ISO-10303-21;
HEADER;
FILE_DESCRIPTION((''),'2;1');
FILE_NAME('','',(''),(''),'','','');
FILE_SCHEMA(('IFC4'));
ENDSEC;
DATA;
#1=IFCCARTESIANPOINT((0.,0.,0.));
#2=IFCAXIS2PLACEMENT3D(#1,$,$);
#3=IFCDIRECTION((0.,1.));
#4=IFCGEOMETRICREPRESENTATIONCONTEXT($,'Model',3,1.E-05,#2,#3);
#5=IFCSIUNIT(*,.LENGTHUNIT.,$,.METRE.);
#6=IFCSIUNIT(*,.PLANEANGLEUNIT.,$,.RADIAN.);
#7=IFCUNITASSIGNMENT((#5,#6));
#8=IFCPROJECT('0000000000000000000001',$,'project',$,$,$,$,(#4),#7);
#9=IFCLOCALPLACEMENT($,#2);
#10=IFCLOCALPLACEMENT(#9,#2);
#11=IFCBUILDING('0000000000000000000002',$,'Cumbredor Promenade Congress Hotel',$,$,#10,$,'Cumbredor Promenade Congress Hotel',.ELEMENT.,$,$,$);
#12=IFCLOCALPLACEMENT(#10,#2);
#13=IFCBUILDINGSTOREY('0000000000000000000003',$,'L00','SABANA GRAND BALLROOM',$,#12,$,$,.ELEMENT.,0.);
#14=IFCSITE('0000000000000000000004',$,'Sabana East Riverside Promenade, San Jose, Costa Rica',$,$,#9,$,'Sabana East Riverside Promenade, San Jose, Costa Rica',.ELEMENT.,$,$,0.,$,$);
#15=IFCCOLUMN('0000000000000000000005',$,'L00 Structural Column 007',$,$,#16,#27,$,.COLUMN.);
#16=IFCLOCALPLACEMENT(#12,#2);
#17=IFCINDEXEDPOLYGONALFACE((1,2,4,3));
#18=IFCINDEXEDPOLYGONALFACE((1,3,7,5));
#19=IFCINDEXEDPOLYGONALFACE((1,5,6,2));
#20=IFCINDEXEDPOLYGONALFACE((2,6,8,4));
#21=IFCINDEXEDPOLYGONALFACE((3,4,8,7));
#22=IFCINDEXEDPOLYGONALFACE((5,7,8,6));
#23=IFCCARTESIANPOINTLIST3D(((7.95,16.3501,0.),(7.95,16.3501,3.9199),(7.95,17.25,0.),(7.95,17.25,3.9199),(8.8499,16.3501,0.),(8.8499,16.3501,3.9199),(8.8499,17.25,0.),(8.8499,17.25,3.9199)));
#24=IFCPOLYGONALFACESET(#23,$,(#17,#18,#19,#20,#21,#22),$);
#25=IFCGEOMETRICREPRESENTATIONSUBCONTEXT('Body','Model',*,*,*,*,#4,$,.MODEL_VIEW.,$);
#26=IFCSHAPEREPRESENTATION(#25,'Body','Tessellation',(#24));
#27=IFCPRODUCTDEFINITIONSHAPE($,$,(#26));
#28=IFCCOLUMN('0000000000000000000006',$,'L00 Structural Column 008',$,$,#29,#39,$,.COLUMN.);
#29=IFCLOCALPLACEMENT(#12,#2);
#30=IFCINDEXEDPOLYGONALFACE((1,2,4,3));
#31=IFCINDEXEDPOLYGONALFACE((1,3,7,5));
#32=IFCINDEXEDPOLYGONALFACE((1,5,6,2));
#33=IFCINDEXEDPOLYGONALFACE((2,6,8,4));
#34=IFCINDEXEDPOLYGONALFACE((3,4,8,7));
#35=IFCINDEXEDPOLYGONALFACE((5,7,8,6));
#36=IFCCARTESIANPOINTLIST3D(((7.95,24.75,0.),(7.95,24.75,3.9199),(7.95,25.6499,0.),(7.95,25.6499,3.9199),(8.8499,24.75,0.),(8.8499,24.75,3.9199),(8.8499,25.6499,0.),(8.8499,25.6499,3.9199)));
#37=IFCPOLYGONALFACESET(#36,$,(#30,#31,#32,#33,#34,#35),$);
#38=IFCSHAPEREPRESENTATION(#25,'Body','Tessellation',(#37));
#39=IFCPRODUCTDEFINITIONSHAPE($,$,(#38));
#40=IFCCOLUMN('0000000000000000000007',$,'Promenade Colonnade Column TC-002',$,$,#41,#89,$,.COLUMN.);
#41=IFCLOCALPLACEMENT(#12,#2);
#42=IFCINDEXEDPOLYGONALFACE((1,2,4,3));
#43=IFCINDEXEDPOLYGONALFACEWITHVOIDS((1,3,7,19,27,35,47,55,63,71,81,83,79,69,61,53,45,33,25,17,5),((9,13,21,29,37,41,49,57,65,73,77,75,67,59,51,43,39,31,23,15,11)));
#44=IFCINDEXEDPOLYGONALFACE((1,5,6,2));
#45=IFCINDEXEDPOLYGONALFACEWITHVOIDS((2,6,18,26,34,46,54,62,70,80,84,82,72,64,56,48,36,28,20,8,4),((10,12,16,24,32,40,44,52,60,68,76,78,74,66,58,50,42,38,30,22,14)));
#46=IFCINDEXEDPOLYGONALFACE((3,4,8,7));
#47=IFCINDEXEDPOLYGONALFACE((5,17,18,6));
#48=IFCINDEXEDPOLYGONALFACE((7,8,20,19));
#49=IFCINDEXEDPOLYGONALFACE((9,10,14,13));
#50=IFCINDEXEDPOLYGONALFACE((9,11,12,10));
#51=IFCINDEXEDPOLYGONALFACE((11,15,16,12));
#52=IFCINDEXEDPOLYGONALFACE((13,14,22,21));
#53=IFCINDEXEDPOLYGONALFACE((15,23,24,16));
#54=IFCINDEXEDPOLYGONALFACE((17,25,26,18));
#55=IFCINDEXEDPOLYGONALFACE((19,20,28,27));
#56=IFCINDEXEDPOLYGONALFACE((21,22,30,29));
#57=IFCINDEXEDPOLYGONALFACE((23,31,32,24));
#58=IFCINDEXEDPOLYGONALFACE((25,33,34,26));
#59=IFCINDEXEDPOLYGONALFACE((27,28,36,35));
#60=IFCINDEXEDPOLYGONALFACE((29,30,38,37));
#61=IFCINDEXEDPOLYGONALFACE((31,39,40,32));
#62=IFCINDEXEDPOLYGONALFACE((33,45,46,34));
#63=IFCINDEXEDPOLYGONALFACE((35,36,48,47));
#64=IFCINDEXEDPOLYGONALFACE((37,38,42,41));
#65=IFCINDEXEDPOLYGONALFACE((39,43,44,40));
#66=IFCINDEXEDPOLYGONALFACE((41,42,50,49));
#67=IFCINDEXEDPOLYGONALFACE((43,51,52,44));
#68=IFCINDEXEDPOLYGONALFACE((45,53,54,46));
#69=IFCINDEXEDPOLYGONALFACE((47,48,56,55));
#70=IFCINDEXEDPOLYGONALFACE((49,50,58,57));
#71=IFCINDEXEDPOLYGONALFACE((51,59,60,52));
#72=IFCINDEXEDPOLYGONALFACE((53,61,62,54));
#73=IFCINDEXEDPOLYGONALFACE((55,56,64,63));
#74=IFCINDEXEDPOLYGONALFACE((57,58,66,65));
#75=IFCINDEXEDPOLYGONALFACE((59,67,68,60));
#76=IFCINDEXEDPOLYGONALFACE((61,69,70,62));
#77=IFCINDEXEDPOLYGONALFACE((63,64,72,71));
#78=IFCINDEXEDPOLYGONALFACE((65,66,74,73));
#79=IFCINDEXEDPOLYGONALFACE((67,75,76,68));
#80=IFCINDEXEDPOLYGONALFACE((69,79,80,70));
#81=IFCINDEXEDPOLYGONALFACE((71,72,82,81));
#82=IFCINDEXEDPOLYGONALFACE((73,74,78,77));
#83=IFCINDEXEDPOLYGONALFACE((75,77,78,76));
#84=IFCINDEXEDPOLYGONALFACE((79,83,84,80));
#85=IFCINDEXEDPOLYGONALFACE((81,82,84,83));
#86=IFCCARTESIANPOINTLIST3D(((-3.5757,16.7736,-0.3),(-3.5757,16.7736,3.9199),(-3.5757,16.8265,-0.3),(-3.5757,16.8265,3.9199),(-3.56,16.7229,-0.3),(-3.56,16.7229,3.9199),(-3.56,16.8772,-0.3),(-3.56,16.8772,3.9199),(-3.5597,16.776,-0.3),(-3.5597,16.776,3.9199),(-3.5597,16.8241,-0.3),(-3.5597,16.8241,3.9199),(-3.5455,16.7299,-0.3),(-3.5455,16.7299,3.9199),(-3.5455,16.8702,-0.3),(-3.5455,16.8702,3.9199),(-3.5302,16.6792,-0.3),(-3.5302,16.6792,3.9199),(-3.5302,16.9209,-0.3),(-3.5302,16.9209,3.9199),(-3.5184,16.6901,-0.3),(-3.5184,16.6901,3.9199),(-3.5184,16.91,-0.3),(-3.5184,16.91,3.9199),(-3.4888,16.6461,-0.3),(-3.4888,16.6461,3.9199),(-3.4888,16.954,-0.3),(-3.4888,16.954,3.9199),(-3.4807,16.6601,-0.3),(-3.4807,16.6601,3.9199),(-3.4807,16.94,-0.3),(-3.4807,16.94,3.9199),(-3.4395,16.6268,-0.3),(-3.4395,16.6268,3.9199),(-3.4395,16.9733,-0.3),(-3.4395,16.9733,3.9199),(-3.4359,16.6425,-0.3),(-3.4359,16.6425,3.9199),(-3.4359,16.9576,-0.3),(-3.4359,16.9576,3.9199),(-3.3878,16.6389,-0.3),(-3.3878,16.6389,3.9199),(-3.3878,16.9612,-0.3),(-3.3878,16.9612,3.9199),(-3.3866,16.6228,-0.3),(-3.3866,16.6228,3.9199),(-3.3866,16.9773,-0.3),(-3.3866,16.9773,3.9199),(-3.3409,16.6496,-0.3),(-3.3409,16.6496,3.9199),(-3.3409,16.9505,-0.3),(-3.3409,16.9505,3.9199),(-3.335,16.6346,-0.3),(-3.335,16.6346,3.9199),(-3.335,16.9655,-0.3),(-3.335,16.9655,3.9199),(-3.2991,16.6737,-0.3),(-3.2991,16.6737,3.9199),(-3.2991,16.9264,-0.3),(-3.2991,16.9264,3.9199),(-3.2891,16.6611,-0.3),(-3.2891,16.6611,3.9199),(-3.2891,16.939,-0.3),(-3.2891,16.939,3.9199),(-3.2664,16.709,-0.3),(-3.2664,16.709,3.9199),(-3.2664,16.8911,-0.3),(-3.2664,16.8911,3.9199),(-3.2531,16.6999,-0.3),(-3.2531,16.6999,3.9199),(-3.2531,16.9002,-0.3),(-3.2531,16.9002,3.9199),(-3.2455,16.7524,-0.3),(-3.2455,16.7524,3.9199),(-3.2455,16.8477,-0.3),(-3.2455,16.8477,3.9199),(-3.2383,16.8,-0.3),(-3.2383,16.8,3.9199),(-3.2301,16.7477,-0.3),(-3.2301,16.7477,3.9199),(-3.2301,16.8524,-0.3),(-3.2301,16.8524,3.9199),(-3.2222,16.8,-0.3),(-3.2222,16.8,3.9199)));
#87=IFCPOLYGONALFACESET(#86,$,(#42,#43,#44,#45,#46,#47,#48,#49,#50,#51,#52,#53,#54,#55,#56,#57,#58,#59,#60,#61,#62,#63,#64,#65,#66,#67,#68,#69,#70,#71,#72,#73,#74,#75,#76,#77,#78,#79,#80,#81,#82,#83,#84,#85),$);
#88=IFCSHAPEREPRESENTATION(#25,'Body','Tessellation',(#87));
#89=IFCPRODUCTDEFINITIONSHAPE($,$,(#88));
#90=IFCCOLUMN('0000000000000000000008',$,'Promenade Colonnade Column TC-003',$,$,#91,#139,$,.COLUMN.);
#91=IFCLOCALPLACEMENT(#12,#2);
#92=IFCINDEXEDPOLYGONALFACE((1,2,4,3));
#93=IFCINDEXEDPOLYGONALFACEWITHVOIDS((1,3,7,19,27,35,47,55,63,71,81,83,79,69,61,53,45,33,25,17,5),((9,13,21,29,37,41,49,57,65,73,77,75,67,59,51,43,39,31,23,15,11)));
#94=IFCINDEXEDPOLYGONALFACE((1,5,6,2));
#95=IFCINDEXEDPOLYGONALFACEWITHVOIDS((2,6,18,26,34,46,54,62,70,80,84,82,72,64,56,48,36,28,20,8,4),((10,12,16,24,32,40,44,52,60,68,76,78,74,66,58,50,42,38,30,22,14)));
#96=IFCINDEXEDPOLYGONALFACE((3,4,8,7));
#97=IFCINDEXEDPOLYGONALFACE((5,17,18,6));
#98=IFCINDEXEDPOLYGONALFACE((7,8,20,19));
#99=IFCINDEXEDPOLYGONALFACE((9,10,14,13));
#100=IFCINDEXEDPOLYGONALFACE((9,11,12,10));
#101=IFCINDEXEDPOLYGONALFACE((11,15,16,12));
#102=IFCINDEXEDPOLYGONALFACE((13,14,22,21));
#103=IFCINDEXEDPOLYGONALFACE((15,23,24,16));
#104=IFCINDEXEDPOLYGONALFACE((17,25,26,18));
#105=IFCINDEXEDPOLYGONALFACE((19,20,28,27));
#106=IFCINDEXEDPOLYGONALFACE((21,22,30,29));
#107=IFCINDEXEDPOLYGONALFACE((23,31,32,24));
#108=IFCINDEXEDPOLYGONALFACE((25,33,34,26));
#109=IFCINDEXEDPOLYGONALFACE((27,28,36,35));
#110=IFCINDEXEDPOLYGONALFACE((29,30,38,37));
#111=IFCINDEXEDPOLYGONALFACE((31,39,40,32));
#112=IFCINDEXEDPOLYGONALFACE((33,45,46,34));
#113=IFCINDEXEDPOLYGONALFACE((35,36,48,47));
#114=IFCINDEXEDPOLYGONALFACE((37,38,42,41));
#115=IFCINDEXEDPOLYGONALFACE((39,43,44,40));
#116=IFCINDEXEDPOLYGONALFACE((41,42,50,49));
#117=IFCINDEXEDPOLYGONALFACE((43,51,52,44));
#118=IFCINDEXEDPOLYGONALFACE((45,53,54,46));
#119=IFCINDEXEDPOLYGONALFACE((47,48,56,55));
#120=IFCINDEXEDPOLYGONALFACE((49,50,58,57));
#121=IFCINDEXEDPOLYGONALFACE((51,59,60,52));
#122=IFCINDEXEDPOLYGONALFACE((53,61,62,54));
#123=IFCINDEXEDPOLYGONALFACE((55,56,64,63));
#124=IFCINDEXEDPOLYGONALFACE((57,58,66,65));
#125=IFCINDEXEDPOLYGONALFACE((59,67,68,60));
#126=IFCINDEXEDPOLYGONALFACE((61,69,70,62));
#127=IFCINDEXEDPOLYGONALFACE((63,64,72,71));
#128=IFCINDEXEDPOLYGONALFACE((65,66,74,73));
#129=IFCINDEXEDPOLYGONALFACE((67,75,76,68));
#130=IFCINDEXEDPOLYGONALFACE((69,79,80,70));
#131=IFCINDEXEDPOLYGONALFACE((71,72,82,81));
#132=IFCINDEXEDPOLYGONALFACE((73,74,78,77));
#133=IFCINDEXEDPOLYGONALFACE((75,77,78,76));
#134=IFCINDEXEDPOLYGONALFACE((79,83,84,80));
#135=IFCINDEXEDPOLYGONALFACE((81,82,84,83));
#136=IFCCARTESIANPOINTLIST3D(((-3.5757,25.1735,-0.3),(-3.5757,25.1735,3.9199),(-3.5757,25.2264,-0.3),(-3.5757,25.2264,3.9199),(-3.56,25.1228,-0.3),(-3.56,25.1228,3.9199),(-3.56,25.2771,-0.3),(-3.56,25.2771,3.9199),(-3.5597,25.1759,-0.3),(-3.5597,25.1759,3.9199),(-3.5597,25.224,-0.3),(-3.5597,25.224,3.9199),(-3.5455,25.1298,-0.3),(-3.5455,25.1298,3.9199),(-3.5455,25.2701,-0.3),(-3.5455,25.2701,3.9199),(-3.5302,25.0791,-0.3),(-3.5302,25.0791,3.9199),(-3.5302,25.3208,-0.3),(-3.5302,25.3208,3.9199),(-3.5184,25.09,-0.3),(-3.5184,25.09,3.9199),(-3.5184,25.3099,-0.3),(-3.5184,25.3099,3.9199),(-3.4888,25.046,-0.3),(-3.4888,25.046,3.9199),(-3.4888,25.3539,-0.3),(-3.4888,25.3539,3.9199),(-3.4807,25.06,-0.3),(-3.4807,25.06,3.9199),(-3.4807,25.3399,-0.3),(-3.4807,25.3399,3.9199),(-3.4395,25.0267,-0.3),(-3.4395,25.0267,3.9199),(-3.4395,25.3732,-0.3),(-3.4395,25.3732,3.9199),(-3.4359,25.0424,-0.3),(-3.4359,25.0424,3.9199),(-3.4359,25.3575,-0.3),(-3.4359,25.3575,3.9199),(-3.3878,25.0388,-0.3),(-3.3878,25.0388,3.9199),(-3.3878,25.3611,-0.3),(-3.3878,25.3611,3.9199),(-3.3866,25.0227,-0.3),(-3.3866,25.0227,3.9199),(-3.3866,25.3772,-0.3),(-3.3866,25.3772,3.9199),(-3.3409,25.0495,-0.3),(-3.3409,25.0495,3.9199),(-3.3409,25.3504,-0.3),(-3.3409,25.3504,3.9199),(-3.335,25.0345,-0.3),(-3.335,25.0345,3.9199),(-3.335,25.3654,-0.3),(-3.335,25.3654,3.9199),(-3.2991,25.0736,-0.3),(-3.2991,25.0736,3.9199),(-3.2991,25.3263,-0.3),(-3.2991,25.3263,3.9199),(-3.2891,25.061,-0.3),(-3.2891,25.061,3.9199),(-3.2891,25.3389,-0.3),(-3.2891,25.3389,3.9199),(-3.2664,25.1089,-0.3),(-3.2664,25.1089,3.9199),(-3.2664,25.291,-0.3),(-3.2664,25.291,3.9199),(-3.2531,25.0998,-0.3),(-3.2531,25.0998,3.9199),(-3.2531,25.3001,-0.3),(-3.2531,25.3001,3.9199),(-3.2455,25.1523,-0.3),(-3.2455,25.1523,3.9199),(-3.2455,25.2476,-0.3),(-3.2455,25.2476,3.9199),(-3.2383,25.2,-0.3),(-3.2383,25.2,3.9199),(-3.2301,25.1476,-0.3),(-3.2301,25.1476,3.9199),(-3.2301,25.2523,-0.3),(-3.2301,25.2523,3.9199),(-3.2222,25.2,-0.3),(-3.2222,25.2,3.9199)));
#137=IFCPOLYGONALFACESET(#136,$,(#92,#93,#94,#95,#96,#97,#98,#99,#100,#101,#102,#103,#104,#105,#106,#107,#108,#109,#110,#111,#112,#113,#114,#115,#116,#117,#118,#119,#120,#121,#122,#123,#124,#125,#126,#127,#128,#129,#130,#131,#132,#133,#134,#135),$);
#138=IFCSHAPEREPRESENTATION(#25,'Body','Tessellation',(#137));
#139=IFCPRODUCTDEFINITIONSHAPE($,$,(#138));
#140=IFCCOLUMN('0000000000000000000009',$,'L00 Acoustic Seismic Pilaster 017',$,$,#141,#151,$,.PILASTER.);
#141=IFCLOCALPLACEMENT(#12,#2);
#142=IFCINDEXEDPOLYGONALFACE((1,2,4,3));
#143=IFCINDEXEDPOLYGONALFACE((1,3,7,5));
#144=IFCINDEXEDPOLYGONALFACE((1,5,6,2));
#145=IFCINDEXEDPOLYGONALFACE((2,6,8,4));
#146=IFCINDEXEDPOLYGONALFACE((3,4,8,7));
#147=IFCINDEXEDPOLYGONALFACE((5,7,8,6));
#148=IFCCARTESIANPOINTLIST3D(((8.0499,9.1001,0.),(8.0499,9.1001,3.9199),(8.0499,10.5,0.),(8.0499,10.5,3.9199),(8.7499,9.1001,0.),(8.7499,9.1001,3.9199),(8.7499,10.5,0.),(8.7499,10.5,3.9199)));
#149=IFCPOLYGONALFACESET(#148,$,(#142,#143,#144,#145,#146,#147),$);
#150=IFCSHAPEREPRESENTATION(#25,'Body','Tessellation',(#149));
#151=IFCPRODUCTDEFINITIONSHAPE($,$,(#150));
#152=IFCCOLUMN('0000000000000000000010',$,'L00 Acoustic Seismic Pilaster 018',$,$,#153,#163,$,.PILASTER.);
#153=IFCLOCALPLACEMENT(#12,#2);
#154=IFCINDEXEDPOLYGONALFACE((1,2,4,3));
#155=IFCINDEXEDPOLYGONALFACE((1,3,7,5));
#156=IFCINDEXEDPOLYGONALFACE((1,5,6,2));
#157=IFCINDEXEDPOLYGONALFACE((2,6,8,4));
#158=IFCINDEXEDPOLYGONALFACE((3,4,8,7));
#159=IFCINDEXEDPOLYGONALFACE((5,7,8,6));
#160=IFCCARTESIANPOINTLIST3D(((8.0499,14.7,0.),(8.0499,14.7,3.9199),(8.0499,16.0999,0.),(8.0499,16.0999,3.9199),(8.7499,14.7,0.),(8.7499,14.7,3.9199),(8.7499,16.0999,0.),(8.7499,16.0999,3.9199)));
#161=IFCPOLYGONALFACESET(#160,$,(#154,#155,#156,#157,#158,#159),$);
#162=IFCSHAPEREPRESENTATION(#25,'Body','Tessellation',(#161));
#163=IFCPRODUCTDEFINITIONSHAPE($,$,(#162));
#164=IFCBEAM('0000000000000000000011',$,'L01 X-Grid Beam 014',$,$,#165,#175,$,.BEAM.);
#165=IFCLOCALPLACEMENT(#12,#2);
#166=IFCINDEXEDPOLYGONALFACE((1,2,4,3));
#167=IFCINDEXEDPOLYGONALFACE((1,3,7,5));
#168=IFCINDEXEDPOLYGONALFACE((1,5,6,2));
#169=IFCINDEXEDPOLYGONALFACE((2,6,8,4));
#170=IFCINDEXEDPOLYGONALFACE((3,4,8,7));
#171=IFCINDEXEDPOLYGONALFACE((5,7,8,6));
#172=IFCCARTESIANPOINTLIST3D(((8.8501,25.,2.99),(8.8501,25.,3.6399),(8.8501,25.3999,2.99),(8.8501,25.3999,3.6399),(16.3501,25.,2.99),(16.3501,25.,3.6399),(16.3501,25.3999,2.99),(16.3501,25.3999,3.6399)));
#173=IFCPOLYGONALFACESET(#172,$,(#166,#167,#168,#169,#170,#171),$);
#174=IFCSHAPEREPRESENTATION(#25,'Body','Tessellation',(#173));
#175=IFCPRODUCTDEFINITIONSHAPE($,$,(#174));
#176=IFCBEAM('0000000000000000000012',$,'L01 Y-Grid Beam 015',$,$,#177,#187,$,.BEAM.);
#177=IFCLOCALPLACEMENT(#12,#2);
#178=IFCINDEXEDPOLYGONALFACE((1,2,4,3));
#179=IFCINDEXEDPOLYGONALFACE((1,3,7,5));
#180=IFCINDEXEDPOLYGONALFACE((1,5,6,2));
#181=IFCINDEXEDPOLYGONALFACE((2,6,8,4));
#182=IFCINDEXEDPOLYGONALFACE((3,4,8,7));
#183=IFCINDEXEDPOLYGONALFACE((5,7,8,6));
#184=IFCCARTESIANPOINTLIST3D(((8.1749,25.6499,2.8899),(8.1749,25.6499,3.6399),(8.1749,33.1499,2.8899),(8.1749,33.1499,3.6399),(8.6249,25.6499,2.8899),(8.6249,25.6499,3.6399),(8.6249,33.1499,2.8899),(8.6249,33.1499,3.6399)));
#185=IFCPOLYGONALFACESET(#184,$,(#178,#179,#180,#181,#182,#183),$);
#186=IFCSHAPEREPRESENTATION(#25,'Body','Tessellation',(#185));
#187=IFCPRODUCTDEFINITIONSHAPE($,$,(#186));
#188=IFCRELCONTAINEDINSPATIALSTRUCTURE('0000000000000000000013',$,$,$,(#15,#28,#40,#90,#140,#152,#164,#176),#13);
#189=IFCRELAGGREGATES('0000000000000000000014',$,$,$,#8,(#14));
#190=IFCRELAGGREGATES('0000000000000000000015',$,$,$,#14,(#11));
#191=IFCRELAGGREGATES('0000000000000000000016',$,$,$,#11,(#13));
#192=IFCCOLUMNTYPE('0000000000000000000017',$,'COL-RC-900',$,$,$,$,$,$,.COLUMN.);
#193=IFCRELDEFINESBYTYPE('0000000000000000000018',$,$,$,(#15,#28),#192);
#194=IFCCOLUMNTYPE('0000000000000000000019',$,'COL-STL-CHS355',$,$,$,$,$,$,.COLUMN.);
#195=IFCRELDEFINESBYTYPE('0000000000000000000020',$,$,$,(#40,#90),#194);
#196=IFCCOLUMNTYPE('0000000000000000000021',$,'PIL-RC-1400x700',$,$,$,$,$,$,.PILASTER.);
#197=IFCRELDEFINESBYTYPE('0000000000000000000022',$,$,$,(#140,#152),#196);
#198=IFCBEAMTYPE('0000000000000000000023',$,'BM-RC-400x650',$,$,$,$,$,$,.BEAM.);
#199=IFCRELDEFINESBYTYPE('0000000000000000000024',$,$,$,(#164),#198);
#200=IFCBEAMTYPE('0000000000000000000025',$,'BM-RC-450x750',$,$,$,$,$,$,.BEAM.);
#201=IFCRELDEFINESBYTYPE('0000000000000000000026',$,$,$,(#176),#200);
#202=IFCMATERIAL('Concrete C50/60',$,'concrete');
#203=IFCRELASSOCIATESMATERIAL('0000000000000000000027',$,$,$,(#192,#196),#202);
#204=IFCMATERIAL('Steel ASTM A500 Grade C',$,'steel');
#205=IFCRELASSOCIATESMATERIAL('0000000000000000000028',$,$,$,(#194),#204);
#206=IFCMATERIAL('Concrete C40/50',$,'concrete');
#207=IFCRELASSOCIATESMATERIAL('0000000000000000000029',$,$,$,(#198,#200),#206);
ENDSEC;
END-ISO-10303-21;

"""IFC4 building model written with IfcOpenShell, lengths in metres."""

from ifc_helpers import new_model, si_unit, direction, frame, origin, origin_2d, place, context, subcontext, project, spatial, rectangle, hollow_circle, extrude, material, material_profile, profile_set, type_object, element, save


model = new_model("IFC4")

# Units and contexts
model_context = context("Model", 3, precision=1e-05, world=origin(), true_north=direction((0.0, 1.0)))
body_context = subcontext(model_context, "Body", "Model", "MODEL_VIEW")
ifc_project = project(units=[si_unit("LENGTHUNIT", "METRE"), si_unit("PLANEANGLEUNIT", "RADIAN")], contexts=[model_context])

# Site, building, storey
site_placement = place(None, origin())
site = spatial("IfcSite", under=ifc_project, at=site_placement, Name="Sabana East Riverside Promenade, San Jose, Costa Rica", LongName="Sabana East Riverside Promenade, San Jose, Costa Rica", CompositionType="ELEMENT", RefElevation=0.0)
building_placement = place(site_placement, origin())
building = spatial("IfcBuilding", under=site, at=building_placement, Name="Cumbredor Promenade Congress Hotel", LongName="Cumbredor Promenade Congress Hotel", CompositionType="ELEMENT")
storey_placement = place(building_placement, origin())
storey = spatial("IfcBuildingStorey", under=building, at=storey_placement, Name="L00", Description="SABANA GRAND BALLROOM", CompositionType="ELEMENT", Elevation=0.0)

# Columns
ifc_material_1 = material(Name="Concrete C50/60", Category="concrete")
ifc_material_profile_1 = material_profile(ifc_material_1, rectangle(XDim=0.8999, YDim=0.8999, at=origin_2d()), Name="RC 900x900")
ifc_profile_set_1 = profile_set([ifc_material_profile_1], Name="Concrete C50/60")
column_type_1 = type_object("IfcColumnType", Name="COL-RC-900", PredefinedType="COLUMN", material=ifc_profile_set_1)
for number, where, z_axis, x_axis, name in (
    (1, (8.3999, 16.8, 0.0), (0.0, 0.0, 1.0), (1.0, 0.0, 0.0), "L00 Structural Column 007"),
    (2, (8.3999, 25.2, 0.0), (0.0, 0.0, 1.0), (1.0, 0.0, 0.0), "L00 Structural Column 008"),
):
    element("IfcColumn", number, at=place(storey_placement, frame(where, z_axis=z_axis, x_axis=x_axis)), inside=storey, type_object=column_type_1, Name=name, PredefinedType="COLUMN", context=body_context, shape_type="SweptSolid", body=[
        extrude(rectangle(XDim=0.8999, YDim=0.8999, at=origin_2d()), origin(), (0.0, 0.0, 1.0), 3.9199),
    ])
ifc_material_2 = material(Name="Steel ASTM A500 Grade C", Category="steel")
ifc_material_profile_2 = material_profile(ifc_material_2, hollow_circle(Radius=0.1777, WallThickness=0.0161, at=origin_2d()), Name="CHS 355.6x16")
ifc_profile_set_2 = profile_set([ifc_material_profile_2], Name="Steel ASTM A500 Grade C")
column_type_2 = type_object("IfcColumnType", Name="COL-STL-CHS355", PredefinedType="COLUMN", material=ifc_profile_set_2)
for number, where, z_axis, x_axis, name in (
    (3, (-3.3999, 16.8, -0.3), (0.0, 0.0, 1.0), (1.0, 0.0, 0.0), "Promenade Colonnade Column TC-002"),
    (4, (-3.3999, 25.2, -0.3), (0.0, 0.0, 1.0), (1.0, 0.0, 0.0), "Promenade Colonnade Column TC-003"),
):
    element("IfcColumn", number, at=place(storey_placement, frame(where, z_axis=z_axis, x_axis=x_axis)), inside=storey, type_object=column_type_2, Name=name, PredefinedType="COLUMN", context=body_context, shape_type="SweptSolid", body=[
        extrude(hollow_circle(Radius=0.1777, WallThickness=0.0161, at=origin_2d()), origin(), (0.0, 0.0, 1.0), 4.22),
    ])
ifc_material_profile_3 = material_profile(ifc_material_1, rectangle(XDim=0.7, YDim=1.3999, at=origin_2d()), Name="RC PILASTER 1400x700")
ifc_profile_set_3 = profile_set([ifc_material_profile_3], Name="Concrete C50/60")
column_type_3 = type_object("IfcColumnType", Name="PIL-RC-1400x700", PredefinedType="PILASTER", material=ifc_profile_set_3)
for number, where, z_axis, x_axis, name in (
    (5, (8.3999, 9.8, 0.0), (0.0, 0.0, 1.0), (1.0, 0.0, 0.0), "L00 Acoustic Seismic Pilaster 017"),
    (6, (8.3999, 15.3999, 0.0), (0.0, 0.0, 1.0), (1.0, 0.0, 0.0), "L00 Acoustic Seismic Pilaster 018"),
):
    element("IfcColumn", number, at=place(storey_placement, frame(where, z_axis=z_axis, x_axis=x_axis)), inside=storey, type_object=column_type_3, Name=name, PredefinedType="PILASTER", context=body_context, shape_type="SweptSolid", body=[
        extrude(rectangle(XDim=0.7, YDim=1.3999, at=origin_2d()), origin(), (0.0, 0.0, 1.0), 3.9199),
    ])

# Beams
ifc_material_3 = material(Name="Concrete C40/50", Category="concrete")
ifc_material_profile_4 = material_profile(ifc_material_3, rectangle(XDim=0.3999, YDim=0.6499, at=origin_2d()), Name="RC BEAM 400x650")
ifc_profile_set_4 = profile_set([ifc_material_profile_4], Name="Concrete C40/50")
beam_type_1 = type_object("IfcBeamType", Name="BM-RC-400x650", PredefinedType="BEAM", material=ifc_profile_set_4)
beam_1_placement = place(storey_placement, frame((8.8501, 25.2, 3.3149), z_axis=(1.0, 0.0, 0.0), x_axis=(0.0, 1.0, 0.0)))
element("IfcBeam", 7, at=beam_1_placement, inside=storey, type_object=beam_type_1, Name="L01 X-Grid Beam 014", PredefinedType="BEAM", context=body_context, shape_type="SweptSolid", body=[
    extrude(rectangle(XDim=0.3999, YDim=0.6499, at=origin_2d()), origin(), (0.0, 0.0, 1.0), 7.5),
])
ifc_material_profile_5 = material_profile(ifc_material_3, rectangle(XDim=0.45, YDim=0.75, at=origin_2d()), Name="RC BEAM 450x750")
ifc_profile_set_5 = profile_set([ifc_material_profile_5], Name="Concrete C40/50")
beam_type_2 = type_object("IfcBeamType", Name="BM-RC-450x750", PredefinedType="BEAM", material=ifc_profile_set_5)
beam_2_placement = place(storey_placement, frame((8.3999, 25.6499, 3.2649), z_axis=(0.0, 1.0, 0.0), x_axis=(-1.0, 0.0, 0.0)))
element("IfcBeam", 8, at=beam_2_placement, inside=storey, type_object=beam_type_2, Name="L01 Y-Grid Beam 015", PredefinedType="BEAM", context=body_context, shape_type="SweptSolid", body=[
    extrude(rectangle(XDim=0.45, YDim=0.75, at=origin_2d()), origin(), (0.0, 0.0, 1.0), 7.5),
])

save(model, "model.ifc")
